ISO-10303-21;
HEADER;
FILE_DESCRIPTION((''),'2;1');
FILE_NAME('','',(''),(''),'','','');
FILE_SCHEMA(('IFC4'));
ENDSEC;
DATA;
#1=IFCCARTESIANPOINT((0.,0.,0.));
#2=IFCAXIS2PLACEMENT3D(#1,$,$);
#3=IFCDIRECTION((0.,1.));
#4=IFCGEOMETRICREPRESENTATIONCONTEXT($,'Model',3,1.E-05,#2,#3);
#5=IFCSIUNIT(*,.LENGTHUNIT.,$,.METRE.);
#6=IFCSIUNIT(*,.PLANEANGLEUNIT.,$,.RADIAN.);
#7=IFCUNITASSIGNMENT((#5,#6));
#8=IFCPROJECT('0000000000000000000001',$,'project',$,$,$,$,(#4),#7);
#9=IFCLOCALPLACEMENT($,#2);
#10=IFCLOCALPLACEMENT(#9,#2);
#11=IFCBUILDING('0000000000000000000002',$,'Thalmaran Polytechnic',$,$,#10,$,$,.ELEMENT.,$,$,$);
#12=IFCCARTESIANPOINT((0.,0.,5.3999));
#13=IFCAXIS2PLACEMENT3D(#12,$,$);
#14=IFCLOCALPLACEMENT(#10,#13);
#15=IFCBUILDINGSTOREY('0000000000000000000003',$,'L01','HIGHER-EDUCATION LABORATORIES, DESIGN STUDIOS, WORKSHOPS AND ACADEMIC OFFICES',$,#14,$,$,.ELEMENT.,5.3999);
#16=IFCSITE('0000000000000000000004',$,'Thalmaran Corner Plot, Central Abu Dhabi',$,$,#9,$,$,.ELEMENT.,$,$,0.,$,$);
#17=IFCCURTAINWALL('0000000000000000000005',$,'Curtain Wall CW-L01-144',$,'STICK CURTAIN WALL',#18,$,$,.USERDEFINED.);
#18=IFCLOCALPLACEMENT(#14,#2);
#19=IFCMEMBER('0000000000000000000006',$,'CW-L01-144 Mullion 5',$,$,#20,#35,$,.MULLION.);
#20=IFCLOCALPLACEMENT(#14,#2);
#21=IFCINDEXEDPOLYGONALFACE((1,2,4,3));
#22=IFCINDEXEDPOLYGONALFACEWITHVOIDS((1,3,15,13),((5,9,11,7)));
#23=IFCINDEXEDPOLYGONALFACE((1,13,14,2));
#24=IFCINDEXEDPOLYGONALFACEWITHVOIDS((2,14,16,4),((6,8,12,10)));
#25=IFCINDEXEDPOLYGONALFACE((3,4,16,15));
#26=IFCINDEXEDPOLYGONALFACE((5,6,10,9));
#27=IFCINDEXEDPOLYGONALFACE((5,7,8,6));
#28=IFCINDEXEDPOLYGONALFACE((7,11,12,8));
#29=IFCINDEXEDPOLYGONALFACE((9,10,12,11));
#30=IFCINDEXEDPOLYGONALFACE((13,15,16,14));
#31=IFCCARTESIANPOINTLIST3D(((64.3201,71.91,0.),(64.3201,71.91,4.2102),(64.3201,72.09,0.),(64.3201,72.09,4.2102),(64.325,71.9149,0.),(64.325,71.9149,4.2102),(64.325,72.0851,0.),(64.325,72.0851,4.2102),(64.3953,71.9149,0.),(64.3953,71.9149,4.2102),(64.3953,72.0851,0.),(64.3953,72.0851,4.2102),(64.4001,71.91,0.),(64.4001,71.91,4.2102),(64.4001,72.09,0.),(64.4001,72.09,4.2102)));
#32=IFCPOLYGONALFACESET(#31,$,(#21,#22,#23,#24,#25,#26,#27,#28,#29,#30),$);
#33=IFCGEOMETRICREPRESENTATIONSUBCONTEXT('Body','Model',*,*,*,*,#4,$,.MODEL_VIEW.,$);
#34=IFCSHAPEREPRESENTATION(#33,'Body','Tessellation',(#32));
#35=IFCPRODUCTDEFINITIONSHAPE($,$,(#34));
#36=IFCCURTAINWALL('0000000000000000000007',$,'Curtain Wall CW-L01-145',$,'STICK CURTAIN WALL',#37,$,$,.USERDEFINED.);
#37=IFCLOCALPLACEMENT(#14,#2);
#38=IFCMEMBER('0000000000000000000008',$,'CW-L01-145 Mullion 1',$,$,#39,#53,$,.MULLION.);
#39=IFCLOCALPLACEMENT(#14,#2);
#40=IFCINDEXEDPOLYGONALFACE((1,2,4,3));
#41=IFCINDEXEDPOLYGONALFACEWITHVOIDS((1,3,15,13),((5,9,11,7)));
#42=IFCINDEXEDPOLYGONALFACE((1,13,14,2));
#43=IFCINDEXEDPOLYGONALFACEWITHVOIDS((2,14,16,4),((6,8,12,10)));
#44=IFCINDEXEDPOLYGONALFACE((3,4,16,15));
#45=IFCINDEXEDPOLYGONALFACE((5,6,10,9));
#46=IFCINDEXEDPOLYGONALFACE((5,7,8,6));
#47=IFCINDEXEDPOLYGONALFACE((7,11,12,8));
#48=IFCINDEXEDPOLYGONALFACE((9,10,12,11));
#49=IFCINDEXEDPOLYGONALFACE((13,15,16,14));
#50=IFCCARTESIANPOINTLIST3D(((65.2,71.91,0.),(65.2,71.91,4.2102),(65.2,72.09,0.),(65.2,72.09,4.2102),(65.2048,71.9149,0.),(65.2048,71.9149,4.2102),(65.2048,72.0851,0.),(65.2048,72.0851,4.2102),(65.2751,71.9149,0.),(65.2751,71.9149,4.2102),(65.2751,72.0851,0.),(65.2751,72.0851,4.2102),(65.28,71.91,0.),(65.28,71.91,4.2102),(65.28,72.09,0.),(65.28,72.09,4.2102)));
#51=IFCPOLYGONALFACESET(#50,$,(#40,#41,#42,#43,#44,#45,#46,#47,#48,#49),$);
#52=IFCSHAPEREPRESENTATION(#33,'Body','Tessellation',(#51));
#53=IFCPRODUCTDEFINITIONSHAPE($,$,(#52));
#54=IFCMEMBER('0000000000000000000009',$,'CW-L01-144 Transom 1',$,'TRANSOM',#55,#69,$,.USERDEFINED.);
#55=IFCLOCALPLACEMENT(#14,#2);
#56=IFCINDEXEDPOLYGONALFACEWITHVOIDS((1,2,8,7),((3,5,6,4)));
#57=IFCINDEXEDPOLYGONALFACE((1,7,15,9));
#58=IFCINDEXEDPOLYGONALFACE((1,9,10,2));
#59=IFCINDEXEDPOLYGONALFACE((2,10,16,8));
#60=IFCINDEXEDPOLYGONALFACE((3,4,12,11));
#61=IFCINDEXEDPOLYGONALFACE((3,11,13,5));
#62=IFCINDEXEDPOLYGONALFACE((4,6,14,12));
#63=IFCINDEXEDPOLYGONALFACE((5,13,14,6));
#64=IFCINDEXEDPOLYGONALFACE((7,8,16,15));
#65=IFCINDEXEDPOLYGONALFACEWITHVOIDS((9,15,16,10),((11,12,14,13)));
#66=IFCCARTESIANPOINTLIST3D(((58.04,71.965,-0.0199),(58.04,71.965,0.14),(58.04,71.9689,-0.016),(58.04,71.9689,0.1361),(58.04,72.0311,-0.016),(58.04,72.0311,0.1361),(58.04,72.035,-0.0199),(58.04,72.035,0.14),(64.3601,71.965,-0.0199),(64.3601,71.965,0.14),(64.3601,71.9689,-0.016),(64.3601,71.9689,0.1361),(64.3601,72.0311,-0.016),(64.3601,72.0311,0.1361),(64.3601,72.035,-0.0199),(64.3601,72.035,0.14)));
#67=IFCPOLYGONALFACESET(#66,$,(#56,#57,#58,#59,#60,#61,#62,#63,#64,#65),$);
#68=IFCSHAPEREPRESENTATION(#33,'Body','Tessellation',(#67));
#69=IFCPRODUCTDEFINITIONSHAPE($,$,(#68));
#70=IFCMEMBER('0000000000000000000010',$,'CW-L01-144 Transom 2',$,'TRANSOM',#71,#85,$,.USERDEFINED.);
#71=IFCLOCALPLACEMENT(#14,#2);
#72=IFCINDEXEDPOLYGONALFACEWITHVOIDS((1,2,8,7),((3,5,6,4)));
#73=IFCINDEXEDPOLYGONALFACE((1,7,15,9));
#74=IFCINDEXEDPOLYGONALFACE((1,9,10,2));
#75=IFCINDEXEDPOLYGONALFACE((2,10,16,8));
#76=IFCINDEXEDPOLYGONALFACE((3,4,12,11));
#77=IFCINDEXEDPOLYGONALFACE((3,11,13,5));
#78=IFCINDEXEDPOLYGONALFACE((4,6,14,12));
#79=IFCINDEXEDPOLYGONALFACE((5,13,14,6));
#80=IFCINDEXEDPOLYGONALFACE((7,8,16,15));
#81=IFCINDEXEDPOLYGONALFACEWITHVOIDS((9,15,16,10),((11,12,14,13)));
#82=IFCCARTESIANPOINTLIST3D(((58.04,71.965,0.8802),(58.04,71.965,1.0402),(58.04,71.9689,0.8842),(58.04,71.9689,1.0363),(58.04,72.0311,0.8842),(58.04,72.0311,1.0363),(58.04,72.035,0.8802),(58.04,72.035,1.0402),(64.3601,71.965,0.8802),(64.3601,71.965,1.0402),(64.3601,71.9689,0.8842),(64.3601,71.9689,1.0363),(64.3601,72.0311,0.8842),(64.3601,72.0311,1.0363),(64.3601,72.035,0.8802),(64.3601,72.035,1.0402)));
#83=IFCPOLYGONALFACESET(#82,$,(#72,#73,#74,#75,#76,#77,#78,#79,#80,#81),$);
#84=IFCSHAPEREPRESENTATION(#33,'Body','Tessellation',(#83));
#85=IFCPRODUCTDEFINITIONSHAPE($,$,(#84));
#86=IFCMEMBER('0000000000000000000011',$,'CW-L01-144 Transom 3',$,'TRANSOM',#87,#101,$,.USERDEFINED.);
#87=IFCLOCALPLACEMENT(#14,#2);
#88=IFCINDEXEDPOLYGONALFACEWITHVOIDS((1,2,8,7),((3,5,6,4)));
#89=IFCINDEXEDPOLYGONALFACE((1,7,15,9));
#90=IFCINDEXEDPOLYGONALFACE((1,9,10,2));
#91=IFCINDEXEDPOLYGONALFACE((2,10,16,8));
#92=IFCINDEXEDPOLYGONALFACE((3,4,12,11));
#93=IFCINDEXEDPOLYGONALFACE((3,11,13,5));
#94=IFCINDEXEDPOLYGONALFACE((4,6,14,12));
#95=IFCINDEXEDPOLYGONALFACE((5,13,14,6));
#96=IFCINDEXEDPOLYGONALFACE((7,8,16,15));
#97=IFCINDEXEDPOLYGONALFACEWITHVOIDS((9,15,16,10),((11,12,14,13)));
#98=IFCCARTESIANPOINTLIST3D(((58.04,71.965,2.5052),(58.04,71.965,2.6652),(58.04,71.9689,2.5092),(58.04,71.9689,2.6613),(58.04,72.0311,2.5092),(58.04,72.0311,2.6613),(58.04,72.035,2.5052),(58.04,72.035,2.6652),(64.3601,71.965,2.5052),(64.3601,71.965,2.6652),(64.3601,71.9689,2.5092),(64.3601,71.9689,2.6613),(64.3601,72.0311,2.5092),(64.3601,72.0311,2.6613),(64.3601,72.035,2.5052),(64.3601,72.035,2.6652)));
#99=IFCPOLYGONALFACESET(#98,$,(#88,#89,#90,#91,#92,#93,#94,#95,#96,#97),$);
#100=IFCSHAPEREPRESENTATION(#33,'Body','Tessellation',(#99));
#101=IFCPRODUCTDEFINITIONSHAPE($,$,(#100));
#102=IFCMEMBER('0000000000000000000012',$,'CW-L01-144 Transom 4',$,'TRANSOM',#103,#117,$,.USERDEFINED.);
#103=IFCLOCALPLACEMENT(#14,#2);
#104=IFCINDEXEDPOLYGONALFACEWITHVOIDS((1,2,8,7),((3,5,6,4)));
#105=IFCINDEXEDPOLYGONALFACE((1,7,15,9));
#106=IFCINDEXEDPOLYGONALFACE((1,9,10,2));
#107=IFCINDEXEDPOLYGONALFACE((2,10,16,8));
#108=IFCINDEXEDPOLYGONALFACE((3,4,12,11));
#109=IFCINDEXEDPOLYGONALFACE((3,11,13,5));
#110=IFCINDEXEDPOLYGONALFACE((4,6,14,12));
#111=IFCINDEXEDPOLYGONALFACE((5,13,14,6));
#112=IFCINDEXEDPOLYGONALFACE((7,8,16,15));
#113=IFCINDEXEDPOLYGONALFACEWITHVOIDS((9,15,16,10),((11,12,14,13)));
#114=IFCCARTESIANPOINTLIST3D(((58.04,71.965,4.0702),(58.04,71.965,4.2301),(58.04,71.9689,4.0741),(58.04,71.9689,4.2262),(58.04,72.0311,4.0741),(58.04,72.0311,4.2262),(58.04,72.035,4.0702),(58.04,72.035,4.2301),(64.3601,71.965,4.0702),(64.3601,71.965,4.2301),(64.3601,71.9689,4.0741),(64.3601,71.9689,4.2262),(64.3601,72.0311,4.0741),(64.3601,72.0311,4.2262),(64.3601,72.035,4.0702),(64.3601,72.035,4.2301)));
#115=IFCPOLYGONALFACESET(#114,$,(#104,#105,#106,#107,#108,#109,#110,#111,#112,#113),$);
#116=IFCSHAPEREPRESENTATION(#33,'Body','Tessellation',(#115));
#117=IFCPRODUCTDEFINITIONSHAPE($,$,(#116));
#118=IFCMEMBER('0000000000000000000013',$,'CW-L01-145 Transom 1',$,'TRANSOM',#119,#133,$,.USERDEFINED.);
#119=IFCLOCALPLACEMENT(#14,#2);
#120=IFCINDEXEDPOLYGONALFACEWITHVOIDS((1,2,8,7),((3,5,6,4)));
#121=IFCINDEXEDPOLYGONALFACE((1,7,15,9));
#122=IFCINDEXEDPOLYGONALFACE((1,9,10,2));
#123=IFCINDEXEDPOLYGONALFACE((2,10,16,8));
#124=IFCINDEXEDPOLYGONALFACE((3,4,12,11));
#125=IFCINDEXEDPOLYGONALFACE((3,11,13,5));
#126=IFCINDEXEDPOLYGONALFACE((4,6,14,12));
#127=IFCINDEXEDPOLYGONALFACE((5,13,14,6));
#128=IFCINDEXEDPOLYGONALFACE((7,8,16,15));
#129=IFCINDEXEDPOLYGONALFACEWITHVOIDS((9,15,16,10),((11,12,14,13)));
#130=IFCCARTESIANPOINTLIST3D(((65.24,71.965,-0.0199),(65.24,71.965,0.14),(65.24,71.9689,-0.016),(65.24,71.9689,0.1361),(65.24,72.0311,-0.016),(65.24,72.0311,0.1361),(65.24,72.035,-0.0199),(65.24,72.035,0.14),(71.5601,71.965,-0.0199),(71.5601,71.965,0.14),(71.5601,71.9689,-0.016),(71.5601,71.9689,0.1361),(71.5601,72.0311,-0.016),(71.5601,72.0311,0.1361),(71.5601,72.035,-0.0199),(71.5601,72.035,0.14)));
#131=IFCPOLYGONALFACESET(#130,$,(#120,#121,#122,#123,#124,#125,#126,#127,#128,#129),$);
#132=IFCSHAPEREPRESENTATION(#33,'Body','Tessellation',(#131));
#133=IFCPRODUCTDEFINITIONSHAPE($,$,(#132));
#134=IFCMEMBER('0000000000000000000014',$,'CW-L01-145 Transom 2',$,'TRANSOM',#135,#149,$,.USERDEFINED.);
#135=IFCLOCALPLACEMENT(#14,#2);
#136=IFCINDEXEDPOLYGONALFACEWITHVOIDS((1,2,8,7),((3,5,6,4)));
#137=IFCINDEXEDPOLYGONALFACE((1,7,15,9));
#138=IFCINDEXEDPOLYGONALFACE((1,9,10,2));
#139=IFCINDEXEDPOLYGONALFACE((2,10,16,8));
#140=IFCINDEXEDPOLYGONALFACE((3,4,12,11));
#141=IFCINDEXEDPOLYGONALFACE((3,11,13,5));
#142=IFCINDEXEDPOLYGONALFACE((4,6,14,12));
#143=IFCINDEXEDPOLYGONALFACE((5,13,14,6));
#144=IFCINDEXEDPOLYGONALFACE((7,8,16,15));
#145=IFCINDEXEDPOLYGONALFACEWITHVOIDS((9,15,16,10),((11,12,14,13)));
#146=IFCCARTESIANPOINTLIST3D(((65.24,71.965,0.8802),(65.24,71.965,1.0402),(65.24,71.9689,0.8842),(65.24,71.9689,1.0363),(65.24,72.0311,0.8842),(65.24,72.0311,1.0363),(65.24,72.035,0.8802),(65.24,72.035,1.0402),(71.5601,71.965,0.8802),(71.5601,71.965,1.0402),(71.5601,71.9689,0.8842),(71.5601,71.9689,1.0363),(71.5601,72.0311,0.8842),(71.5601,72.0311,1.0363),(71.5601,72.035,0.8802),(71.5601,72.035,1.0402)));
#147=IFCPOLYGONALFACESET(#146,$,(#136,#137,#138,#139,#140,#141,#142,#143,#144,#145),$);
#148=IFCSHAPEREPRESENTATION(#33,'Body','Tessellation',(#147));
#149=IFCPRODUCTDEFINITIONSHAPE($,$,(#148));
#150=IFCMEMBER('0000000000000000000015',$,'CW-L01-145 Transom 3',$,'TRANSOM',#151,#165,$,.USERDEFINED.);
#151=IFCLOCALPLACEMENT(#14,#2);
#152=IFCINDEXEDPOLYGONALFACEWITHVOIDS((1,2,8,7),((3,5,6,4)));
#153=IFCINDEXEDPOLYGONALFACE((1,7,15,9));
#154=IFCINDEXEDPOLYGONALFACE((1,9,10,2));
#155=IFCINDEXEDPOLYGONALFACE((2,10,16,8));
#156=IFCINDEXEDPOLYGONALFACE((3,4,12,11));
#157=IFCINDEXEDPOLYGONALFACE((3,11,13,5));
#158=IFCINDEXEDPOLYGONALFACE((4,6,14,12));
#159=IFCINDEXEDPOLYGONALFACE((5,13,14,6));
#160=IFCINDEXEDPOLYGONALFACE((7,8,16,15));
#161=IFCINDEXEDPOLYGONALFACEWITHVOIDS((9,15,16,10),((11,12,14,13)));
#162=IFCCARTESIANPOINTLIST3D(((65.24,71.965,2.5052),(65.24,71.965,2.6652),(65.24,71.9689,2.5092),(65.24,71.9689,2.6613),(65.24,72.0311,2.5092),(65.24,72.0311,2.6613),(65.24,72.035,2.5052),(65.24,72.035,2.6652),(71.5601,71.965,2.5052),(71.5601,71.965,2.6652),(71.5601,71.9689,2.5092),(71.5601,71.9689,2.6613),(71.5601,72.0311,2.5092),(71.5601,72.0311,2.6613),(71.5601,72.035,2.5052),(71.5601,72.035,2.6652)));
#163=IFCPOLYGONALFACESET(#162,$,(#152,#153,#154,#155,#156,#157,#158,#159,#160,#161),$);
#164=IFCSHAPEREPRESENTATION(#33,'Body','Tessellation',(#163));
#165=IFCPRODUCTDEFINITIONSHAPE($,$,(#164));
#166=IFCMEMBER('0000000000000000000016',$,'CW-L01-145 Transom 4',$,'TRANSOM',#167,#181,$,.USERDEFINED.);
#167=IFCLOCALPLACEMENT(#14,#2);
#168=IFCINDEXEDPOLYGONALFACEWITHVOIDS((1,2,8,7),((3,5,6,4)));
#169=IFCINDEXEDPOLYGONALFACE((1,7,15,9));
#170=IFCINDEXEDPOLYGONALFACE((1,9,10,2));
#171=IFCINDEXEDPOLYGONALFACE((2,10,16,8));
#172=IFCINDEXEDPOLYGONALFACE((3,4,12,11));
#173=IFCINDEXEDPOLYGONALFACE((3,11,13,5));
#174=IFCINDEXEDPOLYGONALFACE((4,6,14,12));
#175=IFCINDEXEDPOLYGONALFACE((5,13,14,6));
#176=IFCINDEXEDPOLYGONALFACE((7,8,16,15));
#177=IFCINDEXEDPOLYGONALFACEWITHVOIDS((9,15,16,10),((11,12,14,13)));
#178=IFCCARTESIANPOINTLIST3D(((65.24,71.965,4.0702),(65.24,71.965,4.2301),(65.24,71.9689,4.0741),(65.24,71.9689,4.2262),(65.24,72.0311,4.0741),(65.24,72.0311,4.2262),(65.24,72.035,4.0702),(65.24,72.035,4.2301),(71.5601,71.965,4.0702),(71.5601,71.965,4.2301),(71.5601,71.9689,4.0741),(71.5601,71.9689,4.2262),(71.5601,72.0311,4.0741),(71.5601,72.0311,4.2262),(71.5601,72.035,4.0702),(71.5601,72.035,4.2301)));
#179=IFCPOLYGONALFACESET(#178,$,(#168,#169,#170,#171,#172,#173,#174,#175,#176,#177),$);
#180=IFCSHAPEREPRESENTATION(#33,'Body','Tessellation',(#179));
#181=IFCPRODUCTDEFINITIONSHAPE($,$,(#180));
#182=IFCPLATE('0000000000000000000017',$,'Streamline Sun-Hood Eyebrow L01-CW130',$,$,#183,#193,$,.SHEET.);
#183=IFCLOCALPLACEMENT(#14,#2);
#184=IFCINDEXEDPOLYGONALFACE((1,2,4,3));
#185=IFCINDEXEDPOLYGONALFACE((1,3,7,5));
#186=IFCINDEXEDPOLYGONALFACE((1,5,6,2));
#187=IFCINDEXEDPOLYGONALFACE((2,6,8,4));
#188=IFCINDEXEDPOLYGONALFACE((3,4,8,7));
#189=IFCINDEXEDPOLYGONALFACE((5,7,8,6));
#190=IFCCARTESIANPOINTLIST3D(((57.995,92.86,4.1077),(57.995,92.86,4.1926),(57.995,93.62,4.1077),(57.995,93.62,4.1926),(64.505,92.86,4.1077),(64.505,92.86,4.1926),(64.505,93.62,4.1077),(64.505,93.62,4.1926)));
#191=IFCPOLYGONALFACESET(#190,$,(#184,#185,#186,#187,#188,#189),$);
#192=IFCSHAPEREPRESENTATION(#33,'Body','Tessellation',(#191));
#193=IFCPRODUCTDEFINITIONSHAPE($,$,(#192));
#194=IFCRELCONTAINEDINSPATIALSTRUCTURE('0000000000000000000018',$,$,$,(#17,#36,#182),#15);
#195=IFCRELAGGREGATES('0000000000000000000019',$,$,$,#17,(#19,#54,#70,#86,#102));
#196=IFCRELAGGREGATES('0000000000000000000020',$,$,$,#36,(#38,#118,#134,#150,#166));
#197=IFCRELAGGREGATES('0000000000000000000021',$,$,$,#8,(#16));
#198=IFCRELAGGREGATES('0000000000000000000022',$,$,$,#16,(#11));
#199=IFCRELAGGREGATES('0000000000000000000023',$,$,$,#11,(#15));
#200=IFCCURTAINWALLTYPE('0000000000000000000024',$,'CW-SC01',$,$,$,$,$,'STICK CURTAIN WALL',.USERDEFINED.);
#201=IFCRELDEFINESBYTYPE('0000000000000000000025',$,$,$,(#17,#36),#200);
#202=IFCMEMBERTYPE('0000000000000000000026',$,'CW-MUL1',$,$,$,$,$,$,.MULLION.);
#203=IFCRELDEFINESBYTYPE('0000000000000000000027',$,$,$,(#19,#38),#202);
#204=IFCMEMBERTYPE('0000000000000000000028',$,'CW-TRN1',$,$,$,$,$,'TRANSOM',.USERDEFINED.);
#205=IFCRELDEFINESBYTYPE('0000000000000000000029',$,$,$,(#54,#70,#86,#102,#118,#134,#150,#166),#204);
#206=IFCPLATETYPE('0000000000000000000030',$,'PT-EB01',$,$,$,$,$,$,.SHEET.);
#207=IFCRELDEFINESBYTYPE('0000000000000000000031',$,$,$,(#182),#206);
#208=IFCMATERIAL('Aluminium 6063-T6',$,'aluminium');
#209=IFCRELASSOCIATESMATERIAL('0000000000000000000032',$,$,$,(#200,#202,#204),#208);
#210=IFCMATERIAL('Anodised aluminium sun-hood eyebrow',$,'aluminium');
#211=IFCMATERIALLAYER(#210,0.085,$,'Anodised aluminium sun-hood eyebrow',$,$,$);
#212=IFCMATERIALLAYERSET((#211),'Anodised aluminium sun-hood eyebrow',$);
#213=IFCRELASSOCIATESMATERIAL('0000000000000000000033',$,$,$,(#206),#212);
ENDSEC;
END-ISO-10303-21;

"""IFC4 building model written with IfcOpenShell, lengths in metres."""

from ifc_helpers import new_model, si_unit, direction, frame, origin, origin_2d, place, context, subcontext, project, spatial, rectangle, hollow_rectangle, extrude, material, layer, layer_set, material_profile, profile_set, type_object, element, aggregate, save


model = new_model("IFC4")

# Units and contexts
model_context = context("Model", 3, precision=1e-05, world=origin(), true_north=direction((0.0, 1.0)))
body_context = subcontext(model_context, "Body", "Model", "MODEL_VIEW")
ifc_project = project(units=[si_unit("LENGTHUNIT", "METRE"), si_unit("PLANEANGLEUNIT", "RADIAN")], contexts=[model_context])

# Site, building, storey
site_placement = place(None, origin())
site = spatial("IfcSite", under=ifc_project, at=site_placement, Name="Thalmaran Corner Plot, Central Abu Dhabi", CompositionType="ELEMENT", RefElevation=0.0)
building_placement = place(site_placement, origin())
building = spatial("IfcBuilding", under=site, at=building_placement, Name="Thalmaran Polytechnic", CompositionType="ELEMENT")
storey_placement = place(building_placement, frame((0.0, 0.0, 5.3999)))
storey = spatial("IfcBuildingStorey", under=building, at=storey_placement, Name="L01", Description="HIGHER-EDUCATION LABORATORIES, DESIGN STUDIOS, WORKSHOPS AND ACADEMIC OFFICES", CompositionType="ELEMENT", Elevation=5.3999)

# Curtain wall, member
ifc_material_1 = material(Name="Aluminium 6063-T6", Category="aluminium")
curtain_wall_type = type_object("IfcCurtainWallType", Name="CW-SC01", ElementType="STICK CURTAIN WALL", PredefinedType="USERDEFINED", material=ifc_material_1)
curtain_wall_1_placement = place(storey_placement, origin())
curtain_wall_1 = element("IfcCurtainWall", 1, at=curtain_wall_1_placement, inside=storey, type_object=curtain_wall_type, Name="Curtain Wall CW-L01-144", ObjectType="STICK CURTAIN WALL", PredefinedType="USERDEFINED")
ifc_material_profile_1 = material_profile(ifc_material_1, hollow_rectangle(XDim=0.0801, YDim=0.1799, WallThickness=0.0049, at=origin_2d()), Name="RHS 180x80x5.0")
ifc_profile_set_1 = profile_set([ifc_material_profile_1], Name="Aluminium 6063-T6")
member_type_1 = type_object("IfcMemberType", Name="CW-MUL1", PredefinedType="MULLION", material=ifc_profile_set_1)
member_1_placement = place(storey_placement, frame((64.3601, 72.0, 0.0), z_axis=(0.0, 0.0, 1.0), x_axis=(1.0, 0.0, 0.0)))
member_1 = element("IfcMember", 2, at=member_1_placement, type_object=member_type_1, Name="CW-L01-144 Mullion 5", PredefinedType="MULLION", context=body_context, shape_type="SweptSolid", body=[
    extrude(hollow_rectangle(XDim=0.0801, YDim=0.1799, WallThickness=0.0049, at=origin_2d()), origin(), (0.0, 0.0, 1.0), 4.2102),
])

# Curtain wall, member
curtain_wall_2_placement = place(storey_placement, origin())
curtain_wall_2 = element("IfcCurtainWall", 3, at=curtain_wall_2_placement, inside=storey, type_object=curtain_wall_type, Name="Curtain Wall CW-L01-145", ObjectType="STICK CURTAIN WALL", PredefinedType="USERDEFINED")
member_2_placement = place(storey_placement, frame((65.24, 72.0, 0.0), z_axis=(0.0, 0.0, 1.0), x_axis=(1.0, 0.0, 0.0)))
member_2 = element("IfcMember", 4, at=member_2_placement, type_object=member_type_1, Name="CW-L01-145 Mullion 1", PredefinedType="MULLION", context=body_context, shape_type="SweptSolid", body=[
    extrude(hollow_rectangle(XDim=0.0801, YDim=0.1799, WallThickness=0.0049, at=origin_2d()), origin(), (0.0, 0.0, 1.0), 4.2102),
])

# Members
ifc_material_profile_2 = material_profile(ifc_material_1, hollow_rectangle(XDim=0.0701, YDim=0.1599, WallThickness=0.0039, at=origin_2d()), Name="AL 160x70x4.0")
ifc_profile_set_2 = profile_set([ifc_material_profile_2], Name="Aluminium 6063-T6")
member_type_2 = type_object("IfcMemberType", Name="CW-TRN1", ElementType="TRANSOM", PredefinedType="USERDEFINED", material=ifc_profile_set_2)
member_3_placement = place(storey_placement, frame((58.04, 72.0, 0.0601), z_axis=(1.0, 0.0, 0.0), x_axis=(0.0, 1.0, 0.0)))
member_3 = element("IfcMember", 5, at=member_3_placement, type_object=member_type_2, Name="CW-L01-144 Transom 1", ObjectType="TRANSOM", PredefinedType="USERDEFINED", context=body_context, shape_type="SweptSolid", body=[
    extrude(hollow_rectangle(XDim=0.0701, YDim=0.1599, WallThickness=0.0039, at=origin_2d()), origin(), (0.0, 0.0, 1.0), 6.3201),
])
member_4_placement = place(storey_placement, frame((58.04, 72.0, 0.9602), z_axis=(1.0, 0.0, 0.0), x_axis=(0.0, 1.0, 0.0)))
member_4 = element("IfcMember", 6, at=member_4_placement, type_object=member_type_2, Name="CW-L01-144 Transom 2", ObjectType="TRANSOM", PredefinedType="USERDEFINED", context=body_context, shape_type="SweptSolid", body=[
    extrude(hollow_rectangle(XDim=0.0701, YDim=0.1599, WallThickness=0.0039, at=origin_2d()), origin(), (0.0, 0.0, 1.0), 6.3201),
])
member_5_placement = place(storey_placement, frame((58.04, 72.0, 2.5852), z_axis=(1.0, 0.0, 0.0), x_axis=(0.0, 1.0, 0.0)))
member_5 = element("IfcMember", 7, at=member_5_placement, type_object=member_type_2, Name="CW-L01-144 Transom 3", ObjectType="TRANSOM", PredefinedType="USERDEFINED", context=body_context, shape_type="SweptSolid", body=[
    extrude(hollow_rectangle(XDim=0.0701, YDim=0.1599, WallThickness=0.0039, at=origin_2d()), origin(), (0.0, 0.0, 1.0), 6.3201),
])
member_6_placement = place(storey_placement, frame((58.04, 72.0, 4.1501), z_axis=(1.0, 0.0, 0.0), x_axis=(0.0, 1.0, 0.0)))
member_6 = element("IfcMember", 8, at=member_6_placement, type_object=member_type_2, Name="CW-L01-144 Transom 4", ObjectType="TRANSOM", PredefinedType="USERDEFINED", context=body_context, shape_type="SweptSolid", body=[
    extrude(hollow_rectangle(XDim=0.0701, YDim=0.1599, WallThickness=0.0039, at=origin_2d()), origin(), (0.0, 0.0, 1.0), 6.3201),
])
member_7_placement = place(storey_placement, frame((65.24, 72.0, 0.0601), z_axis=(1.0, 0.0, 0.0), x_axis=(0.0, 1.0, 0.0)))
member_7 = element("IfcMember", 9, at=member_7_placement, type_object=member_type_2, Name="CW-L01-145 Transom 1", ObjectType="TRANSOM", PredefinedType="USERDEFINED", context=body_context, shape_type="SweptSolid", body=[
    extrude(hollow_rectangle(XDim=0.0701, YDim=0.1599, WallThickness=0.0039, at=origin_2d()), origin(), (0.0, 0.0, 1.0), 6.3201),
])
member_8_placement = place(storey_placement, frame((65.24, 72.0, 0.9602), z_axis=(1.0, 0.0, 0.0), x_axis=(0.0, 1.0, 0.0)))
member_8 = element("IfcMember", 10, at=member_8_placement, type_object=member_type_2, Name="CW-L01-145 Transom 2", ObjectType="TRANSOM", PredefinedType="USERDEFINED", context=body_context, shape_type="SweptSolid", body=[
    extrude(hollow_rectangle(XDim=0.0701, YDim=0.1599, WallThickness=0.0039, at=origin_2d()), origin(), (0.0, 0.0, 1.0), 6.3201),
])
member_9_placement = place(storey_placement, frame((65.24, 72.0, 2.5852), z_axis=(1.0, 0.0, 0.0), x_axis=(0.0, 1.0, 0.0)))
member_9 = element("IfcMember", 11, at=member_9_placement, type_object=member_type_2, Name="CW-L01-145 Transom 3", ObjectType="TRANSOM", PredefinedType="USERDEFINED", context=body_context, shape_type="SweptSolid", body=[
    extrude(hollow_rectangle(XDim=0.0701, YDim=0.1599, WallThickness=0.0039, at=origin_2d()), origin(), (0.0, 0.0, 1.0), 6.3201),
])
member_10_placement = place(storey_placement, frame((65.24, 72.0, 4.1501), z_axis=(1.0, 0.0, 0.0), x_axis=(0.0, 1.0, 0.0)))
member_10 = element("IfcMember", 12, at=member_10_placement, type_object=member_type_2, Name="CW-L01-145 Transom 4", ObjectType="TRANSOM", PredefinedType="USERDEFINED", context=body_context, shape_type="SweptSolid", body=[
    extrude(hollow_rectangle(XDim=0.0701, YDim=0.1599, WallThickness=0.0039, at=origin_2d()), origin(), (0.0, 0.0, 1.0), 6.3201),
])

# Plate
ifc_material_2 = material(Name="Anodised aluminium sun-hood eyebrow", Category="aluminium")
ifc_layer_1 = layer(ifc_material_2, 0.085, Name="Anodised aluminium sun-hood eyebrow")
ifc_layer_set_1 = layer_set([ifc_layer_1], Name="Anodised aluminium sun-hood eyebrow")
plate_type_1 = type_object("IfcPlateType", Name="PT-EB01", PredefinedType="SHEET", material=ifc_layer_set_1)
plate_1_placement = place(storey_placement, frame((61.25, 93.24, 4.1077), z_axis=(0.0, 0.0, 1.0), x_axis=(-1.0, 0.0, 0.0)))
element("IfcPlate", 13, at=plate_1_placement, inside=storey, type_object=plate_type_1, Name="Streamline Sun-Hood Eyebrow L01-CW130", PredefinedType="SHEET", context=body_context, shape_type="SweptSolid", body=[
    extrude(rectangle(XDim=6.51, YDim=0.76, at=origin_2d()), origin(), (0.0, 0.0, 1.0), 0.085),
])

aggregate(curtain_wall_1, [member_1, member_3, member_4, member_5, member_6])
aggregate(curtain_wall_2, [member_2, member_7, member_8, member_9, member_10])

save(model, "model.ifc")
